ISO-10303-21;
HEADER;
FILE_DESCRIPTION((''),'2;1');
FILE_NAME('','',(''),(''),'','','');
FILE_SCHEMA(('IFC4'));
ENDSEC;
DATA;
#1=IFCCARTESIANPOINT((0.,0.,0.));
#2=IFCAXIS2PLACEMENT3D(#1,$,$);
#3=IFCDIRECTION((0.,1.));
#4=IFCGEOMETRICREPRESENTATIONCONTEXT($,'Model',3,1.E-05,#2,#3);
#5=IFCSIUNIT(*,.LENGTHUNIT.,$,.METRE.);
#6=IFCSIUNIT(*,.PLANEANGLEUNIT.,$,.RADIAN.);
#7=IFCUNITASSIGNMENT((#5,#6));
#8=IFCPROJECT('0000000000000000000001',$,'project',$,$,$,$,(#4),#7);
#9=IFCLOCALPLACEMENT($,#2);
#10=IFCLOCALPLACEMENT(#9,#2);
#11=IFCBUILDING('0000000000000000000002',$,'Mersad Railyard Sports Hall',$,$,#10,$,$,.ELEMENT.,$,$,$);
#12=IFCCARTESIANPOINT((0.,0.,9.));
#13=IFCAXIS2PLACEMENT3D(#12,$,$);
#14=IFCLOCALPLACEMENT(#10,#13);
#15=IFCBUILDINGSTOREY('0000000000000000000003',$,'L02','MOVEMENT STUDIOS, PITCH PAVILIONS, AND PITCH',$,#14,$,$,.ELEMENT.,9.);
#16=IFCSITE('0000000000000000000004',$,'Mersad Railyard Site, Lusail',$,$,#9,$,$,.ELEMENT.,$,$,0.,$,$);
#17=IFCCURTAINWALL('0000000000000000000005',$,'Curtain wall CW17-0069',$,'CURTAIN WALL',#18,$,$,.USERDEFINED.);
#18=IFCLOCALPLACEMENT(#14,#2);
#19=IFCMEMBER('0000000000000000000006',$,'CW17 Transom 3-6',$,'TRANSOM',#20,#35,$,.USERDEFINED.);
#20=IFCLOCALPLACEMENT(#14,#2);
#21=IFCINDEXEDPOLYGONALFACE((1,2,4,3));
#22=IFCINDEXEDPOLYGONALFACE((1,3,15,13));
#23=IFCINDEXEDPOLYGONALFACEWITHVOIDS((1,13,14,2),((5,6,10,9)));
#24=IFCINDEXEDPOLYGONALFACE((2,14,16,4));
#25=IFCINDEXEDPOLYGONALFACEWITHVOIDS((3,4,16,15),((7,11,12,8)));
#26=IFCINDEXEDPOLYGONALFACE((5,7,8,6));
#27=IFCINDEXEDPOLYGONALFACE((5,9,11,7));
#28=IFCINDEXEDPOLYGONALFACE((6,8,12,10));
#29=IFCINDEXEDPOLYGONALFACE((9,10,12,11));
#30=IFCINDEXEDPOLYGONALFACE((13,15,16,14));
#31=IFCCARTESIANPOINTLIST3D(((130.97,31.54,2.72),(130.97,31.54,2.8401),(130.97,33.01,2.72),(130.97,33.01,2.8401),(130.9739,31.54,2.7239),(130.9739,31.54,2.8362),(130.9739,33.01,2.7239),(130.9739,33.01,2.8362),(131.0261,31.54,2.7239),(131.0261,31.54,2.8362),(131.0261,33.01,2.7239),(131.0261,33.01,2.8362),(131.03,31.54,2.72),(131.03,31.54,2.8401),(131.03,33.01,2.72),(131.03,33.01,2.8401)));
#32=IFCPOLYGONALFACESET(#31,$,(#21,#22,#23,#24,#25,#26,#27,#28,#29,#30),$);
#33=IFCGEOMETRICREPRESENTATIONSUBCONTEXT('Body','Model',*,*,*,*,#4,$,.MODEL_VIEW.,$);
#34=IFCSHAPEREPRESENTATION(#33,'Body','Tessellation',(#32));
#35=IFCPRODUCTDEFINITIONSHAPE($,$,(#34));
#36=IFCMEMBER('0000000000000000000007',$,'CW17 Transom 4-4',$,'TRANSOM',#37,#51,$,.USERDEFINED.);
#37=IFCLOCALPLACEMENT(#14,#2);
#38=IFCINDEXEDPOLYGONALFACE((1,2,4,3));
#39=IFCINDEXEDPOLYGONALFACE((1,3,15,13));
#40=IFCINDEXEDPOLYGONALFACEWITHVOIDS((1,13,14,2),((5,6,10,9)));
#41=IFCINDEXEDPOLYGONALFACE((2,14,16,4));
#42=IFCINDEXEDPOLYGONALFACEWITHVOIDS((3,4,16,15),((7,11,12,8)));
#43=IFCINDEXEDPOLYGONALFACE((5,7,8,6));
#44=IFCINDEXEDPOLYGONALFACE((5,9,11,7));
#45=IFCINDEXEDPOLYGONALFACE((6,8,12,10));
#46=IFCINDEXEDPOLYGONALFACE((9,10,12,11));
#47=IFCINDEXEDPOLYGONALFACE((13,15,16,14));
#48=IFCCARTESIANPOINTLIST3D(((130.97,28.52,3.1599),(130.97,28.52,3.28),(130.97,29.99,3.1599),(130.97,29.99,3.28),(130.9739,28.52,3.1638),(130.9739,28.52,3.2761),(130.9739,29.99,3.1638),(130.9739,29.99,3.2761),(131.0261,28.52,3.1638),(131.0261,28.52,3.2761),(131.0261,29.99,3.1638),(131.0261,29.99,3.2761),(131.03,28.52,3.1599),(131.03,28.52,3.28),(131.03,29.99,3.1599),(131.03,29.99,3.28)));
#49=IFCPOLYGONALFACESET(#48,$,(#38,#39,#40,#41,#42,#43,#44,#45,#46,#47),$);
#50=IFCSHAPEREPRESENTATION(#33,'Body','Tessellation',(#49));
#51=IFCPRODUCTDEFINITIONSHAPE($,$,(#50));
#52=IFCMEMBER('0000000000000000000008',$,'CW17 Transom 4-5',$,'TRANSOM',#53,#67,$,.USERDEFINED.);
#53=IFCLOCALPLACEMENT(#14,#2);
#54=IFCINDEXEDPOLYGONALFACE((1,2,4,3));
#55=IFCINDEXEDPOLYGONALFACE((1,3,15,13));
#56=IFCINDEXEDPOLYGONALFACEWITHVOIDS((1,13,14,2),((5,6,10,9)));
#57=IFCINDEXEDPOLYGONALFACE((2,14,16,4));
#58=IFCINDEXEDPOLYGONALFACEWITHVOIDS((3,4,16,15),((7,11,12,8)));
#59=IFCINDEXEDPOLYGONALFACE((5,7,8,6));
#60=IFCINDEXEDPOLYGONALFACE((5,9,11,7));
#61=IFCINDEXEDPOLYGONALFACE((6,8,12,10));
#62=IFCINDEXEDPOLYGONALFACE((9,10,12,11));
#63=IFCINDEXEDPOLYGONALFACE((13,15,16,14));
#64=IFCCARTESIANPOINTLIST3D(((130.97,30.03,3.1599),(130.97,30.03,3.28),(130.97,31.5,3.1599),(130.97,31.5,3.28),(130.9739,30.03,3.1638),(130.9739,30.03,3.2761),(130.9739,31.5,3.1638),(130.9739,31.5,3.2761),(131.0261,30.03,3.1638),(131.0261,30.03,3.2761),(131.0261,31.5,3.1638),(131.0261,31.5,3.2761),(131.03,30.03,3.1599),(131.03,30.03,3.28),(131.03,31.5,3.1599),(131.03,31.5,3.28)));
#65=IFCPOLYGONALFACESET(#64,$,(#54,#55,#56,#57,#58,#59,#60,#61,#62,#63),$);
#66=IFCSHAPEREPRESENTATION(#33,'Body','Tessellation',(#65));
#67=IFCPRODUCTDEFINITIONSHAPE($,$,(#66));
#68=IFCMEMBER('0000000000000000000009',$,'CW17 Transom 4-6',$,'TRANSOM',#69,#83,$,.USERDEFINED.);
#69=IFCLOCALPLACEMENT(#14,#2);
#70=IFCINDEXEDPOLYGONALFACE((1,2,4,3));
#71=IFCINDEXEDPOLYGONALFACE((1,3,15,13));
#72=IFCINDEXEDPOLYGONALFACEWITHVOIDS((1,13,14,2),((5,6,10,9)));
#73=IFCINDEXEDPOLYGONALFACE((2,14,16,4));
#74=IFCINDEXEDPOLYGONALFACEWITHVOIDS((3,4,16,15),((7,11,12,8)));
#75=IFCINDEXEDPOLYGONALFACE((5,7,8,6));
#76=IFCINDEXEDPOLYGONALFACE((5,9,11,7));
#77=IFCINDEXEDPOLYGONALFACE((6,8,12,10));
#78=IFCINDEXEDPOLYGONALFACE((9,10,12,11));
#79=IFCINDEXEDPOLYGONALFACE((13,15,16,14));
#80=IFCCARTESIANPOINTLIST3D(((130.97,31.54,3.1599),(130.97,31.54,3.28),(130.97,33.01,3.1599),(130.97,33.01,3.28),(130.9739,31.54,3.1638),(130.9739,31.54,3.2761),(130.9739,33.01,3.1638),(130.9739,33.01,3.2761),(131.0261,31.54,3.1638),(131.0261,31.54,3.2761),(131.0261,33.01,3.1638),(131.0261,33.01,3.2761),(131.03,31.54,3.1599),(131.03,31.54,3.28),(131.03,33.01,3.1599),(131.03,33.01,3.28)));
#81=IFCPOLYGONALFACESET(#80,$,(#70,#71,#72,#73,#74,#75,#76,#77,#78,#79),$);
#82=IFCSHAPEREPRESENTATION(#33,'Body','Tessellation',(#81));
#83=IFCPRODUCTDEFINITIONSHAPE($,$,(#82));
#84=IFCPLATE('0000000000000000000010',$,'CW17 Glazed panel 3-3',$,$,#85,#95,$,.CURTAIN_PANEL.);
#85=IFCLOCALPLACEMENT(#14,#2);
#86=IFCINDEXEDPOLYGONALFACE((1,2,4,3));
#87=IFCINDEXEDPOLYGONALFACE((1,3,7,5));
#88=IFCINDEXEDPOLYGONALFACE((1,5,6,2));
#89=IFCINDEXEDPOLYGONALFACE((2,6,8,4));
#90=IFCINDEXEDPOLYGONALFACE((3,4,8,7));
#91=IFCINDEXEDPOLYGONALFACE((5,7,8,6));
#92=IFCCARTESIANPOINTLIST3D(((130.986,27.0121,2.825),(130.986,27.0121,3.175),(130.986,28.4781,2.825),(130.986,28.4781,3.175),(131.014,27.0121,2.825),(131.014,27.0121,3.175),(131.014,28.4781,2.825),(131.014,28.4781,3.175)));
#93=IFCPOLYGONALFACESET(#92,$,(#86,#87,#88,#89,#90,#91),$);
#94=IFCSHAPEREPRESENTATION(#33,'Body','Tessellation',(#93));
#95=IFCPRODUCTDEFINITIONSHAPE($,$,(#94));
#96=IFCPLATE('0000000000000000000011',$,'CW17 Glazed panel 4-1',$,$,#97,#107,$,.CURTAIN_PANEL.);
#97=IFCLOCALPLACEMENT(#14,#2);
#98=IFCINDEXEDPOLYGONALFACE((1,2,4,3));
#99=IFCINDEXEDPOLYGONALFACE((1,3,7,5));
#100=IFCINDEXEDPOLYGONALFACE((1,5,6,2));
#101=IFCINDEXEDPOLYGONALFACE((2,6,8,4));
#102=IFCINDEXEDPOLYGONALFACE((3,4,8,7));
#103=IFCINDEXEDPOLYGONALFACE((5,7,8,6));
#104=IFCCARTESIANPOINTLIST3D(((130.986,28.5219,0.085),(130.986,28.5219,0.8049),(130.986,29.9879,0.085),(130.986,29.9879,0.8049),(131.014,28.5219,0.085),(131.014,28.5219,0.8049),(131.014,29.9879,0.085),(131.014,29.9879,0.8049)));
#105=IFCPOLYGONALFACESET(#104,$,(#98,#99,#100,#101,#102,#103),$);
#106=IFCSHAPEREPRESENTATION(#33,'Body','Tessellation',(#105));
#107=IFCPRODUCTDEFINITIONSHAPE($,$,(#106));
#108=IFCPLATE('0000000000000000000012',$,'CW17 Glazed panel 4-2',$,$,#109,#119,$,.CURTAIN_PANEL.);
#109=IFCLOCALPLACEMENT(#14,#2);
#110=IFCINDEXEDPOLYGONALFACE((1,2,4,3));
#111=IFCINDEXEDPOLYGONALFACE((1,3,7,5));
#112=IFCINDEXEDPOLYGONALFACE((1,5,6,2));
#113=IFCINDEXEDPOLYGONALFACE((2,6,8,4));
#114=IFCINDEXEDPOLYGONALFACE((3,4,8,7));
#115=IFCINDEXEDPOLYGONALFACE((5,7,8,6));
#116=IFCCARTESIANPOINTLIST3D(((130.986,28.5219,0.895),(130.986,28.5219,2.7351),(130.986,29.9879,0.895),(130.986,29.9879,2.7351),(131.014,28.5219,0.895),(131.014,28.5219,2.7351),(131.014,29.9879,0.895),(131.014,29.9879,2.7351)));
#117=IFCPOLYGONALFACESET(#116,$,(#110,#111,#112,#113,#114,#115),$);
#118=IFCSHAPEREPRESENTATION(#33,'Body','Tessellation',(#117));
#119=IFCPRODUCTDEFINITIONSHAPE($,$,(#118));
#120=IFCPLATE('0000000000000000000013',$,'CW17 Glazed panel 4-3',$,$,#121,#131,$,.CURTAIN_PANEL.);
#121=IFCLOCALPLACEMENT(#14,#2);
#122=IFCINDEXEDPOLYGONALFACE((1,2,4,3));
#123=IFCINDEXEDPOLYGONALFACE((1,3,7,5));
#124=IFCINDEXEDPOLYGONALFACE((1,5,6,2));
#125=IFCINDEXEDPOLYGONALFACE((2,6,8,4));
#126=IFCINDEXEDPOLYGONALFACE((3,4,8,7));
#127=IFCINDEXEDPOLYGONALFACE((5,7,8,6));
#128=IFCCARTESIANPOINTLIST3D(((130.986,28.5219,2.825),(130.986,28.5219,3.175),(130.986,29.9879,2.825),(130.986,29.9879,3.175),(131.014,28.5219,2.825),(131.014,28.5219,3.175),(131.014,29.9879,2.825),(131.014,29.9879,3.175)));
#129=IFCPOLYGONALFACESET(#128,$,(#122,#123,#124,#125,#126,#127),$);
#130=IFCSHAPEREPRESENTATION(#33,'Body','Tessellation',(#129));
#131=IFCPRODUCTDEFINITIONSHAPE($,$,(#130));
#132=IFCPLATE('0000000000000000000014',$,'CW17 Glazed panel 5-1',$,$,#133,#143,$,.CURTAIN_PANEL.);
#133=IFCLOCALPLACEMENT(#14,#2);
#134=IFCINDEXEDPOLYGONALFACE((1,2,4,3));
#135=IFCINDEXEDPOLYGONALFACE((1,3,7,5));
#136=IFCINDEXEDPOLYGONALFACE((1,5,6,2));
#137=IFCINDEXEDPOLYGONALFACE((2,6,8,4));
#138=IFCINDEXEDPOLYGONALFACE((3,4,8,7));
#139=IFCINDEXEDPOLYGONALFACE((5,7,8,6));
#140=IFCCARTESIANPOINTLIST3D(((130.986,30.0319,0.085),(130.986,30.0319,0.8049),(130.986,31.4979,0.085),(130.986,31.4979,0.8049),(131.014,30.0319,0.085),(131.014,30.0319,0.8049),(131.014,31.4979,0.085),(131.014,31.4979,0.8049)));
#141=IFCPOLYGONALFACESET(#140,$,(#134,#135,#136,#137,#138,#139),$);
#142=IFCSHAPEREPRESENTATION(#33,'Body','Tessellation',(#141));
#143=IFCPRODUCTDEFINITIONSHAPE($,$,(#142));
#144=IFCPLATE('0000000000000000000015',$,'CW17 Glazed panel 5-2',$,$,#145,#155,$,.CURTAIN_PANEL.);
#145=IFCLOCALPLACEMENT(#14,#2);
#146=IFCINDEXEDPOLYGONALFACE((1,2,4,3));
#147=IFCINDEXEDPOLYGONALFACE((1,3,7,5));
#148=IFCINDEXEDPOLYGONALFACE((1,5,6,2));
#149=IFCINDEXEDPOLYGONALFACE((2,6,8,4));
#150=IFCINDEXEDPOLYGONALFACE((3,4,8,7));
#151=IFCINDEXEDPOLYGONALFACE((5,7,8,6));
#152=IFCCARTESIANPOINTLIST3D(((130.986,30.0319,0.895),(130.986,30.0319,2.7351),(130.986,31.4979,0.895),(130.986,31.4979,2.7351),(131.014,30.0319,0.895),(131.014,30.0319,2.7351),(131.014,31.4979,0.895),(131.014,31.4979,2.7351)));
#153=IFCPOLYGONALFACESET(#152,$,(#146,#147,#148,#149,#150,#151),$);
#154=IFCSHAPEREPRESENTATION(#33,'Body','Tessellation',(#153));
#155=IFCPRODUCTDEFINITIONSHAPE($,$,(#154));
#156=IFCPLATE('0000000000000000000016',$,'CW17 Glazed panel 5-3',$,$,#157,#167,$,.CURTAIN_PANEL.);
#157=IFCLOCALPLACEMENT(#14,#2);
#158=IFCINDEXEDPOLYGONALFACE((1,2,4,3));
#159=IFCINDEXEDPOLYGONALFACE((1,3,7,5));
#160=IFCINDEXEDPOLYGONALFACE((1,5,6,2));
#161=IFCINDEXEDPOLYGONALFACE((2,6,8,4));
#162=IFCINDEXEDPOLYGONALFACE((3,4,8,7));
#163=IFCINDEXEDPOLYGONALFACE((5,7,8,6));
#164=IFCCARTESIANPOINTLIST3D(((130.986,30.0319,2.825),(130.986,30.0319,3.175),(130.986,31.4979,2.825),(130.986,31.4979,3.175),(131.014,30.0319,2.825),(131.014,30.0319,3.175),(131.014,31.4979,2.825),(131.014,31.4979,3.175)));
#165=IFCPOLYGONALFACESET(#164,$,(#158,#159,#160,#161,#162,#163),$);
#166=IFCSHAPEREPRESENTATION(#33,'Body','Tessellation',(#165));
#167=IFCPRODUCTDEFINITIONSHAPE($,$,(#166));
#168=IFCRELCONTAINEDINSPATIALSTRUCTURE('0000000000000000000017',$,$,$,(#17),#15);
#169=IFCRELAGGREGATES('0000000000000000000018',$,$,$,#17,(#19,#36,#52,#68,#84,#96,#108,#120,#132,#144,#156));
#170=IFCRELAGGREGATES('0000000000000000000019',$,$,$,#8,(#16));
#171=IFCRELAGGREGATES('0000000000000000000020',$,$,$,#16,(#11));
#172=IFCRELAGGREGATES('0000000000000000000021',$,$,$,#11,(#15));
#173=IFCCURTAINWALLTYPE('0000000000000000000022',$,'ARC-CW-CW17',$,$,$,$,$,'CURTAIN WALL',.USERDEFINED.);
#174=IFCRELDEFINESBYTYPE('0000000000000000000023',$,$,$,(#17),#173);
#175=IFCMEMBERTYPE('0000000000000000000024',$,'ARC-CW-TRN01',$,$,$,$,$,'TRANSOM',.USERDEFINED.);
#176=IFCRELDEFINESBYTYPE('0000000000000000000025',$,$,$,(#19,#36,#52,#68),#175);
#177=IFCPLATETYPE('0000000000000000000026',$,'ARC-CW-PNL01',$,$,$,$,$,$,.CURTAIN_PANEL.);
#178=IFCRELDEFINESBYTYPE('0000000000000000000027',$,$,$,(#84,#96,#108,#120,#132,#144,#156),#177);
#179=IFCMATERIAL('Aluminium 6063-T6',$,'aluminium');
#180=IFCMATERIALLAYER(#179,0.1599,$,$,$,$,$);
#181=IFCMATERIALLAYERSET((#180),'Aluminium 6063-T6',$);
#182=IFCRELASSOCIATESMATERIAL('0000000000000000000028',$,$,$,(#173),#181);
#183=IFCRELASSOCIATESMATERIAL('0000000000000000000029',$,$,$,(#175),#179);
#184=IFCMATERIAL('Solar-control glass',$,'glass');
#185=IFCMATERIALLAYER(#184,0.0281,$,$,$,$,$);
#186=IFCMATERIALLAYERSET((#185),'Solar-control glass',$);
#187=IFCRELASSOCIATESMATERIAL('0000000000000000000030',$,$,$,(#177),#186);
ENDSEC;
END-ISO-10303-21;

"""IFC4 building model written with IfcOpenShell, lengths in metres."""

from ifc_helpers import new_model, si_unit, direction, frame, origin, origin_2d, place, context, subcontext, project, spatial, rectangle, hollow_rectangle, extrude, material, layer, layer_set, material_profile, profile_set, type_object, element, aggregate, save


model = new_model("IFC4")

# Units and contexts
model_context = context("Model", 3, precision=1e-05, world=origin(), true_north=direction((0.0, 1.0)))
body_context = subcontext(model_context, "Body", "Model", "MODEL_VIEW")
ifc_project = project(units=[si_unit("LENGTHUNIT", "METRE"), si_unit("PLANEANGLEUNIT", "RADIAN")], contexts=[model_context])

# Site, building, storey
site_placement = place(None, origin())
site = spatial("IfcSite", under=ifc_project, at=site_placement, Name="Mersad Railyard Site, Lusail", CompositionType="ELEMENT", RefElevation=0.0)
building_placement = place(site_placement, origin())
building = spatial("IfcBuilding", under=site, at=building_placement, Name="Mersad Railyard Sports Hall", CompositionType="ELEMENT")
storey_placement = place(building_placement, frame((0.0, 0.0, 9.0)))
storey = spatial("IfcBuildingStorey", under=building, at=storey_placement, Name="L02", Description="MOVEMENT STUDIOS, PITCH PAVILIONS, AND PITCH", CompositionType="ELEMENT", Elevation=9.0)

# Curtain wall, members, plates
ifc_material_1 = material(Name="Aluminium 6063-T6", Category="aluminium")
ifc_layer_1 = layer(ifc_material_1, 0.1599)
ifc_layer_set_1 = layer_set([ifc_layer_1], Name="Aluminium 6063-T6")
curtain_wall_type = type_object("IfcCurtainWallType", Name="ARC-CW-CW17", ElementType="CURTAIN WALL", PredefinedType="USERDEFINED", material=ifc_layer_set_1)
curtain_wall_placement = place(storey_placement, origin())
curtain_wall = element("IfcCurtainWall", 1, at=curtain_wall_placement, inside=storey, type_object=curtain_wall_type, Name="Curtain wall CW17-0069", ObjectType="CURTAIN WALL", PredefinedType="USERDEFINED")
ifc_material_profile_1 = material_profile(ifc_material_1, hollow_rectangle(XDim=0.0601, YDim=0.1201, WallThickness=0.0039, at=origin_2d()), Name="AL TRANSOM 60x120x4")
ifc_profile_set_1 = profile_set([ifc_material_profile_1], Name="Aluminium 6063-T6")
member_type_1 = type_object("IfcMemberType", Name="ARC-CW-TRN01", ElementType="TRANSOM", PredefinedType="USERDEFINED", material=ifc_profile_set_1)
member_1_placement = place(storey_placement, frame((131.0, 31.54, 2.78), z_axis=(0.0, 1.0, 0.0), x_axis=(-1.0, 0.0, 0.0)))
member_1 = element("IfcMember", 2, at=member_1_placement, type_object=member_type_1, Name="CW17 Transom 3-6", ObjectType="TRANSOM", PredefinedType="USERDEFINED", context=body_context, shape_type="SweptSolid", body=[
    extrude(hollow_rectangle(XDim=0.0601, YDim=0.1201, WallThickness=0.0039, at=origin_2d()), origin(), (0.0, 0.0, 1.0), 1.47),
])
member_2_placement = place(storey_placement, frame((131.0, 28.52, 3.22), z_axis=(0.0, 1.0, 0.0), x_axis=(-1.0, 0.0, 0.0)))
member_2 = element("IfcMember", 3, at=member_2_placement, type_object=member_type_1, Name="CW17 Transom 4-4", ObjectType="TRANSOM", PredefinedType="USERDEFINED", context=body_context, shape_type="SweptSolid", body=[
    extrude(hollow_rectangle(XDim=0.0601, YDim=0.1201, WallThickness=0.0039, at=origin_2d()), origin(), (0.0, 0.0, 1.0), 1.47),
])
member_3_placement = place(storey_placement, frame((131.0, 30.03, 3.22), z_axis=(0.0, 1.0, 0.0), x_axis=(-1.0, 0.0, 0.0)))
member_3 = element("IfcMember", 4, at=member_3_placement, type_object=member_type_1, Name="CW17 Transom 4-5", ObjectType="TRANSOM", PredefinedType="USERDEFINED", context=body_context, shape_type="SweptSolid", body=[
    extrude(hollow_rectangle(XDim=0.0601, YDim=0.1201, WallThickness=0.0039, at=origin_2d()), origin(), (0.0, 0.0, 1.0), 1.47),
])
member_4_placement = place(storey_placement, frame((131.0, 31.54, 3.22), z_axis=(0.0, 1.0, 0.0), x_axis=(-1.0, 0.0, 0.0)))
member_4 = element("IfcMember", 5, at=member_4_placement, type_object=member_type_1, Name="CW17 Transom 4-6", ObjectType="TRANSOM", PredefinedType="USERDEFINED", context=body_context, shape_type="SweptSolid", body=[
    extrude(hollow_rectangle(XDim=0.0601, YDim=0.1201, WallThickness=0.0039, at=origin_2d()), origin(), (0.0, 0.0, 1.0), 1.47),
])
ifc_material_2 = material(Name="Solar-control glass", Category="glass")
ifc_layer_2 = layer(ifc_material_2, 0.0281)
ifc_layer_set_2 = layer_set([ifc_layer_2], Name="Solar-control glass")
plate_type = type_object("IfcPlateType", Name="ARC-CW-PNL01", PredefinedType="CURTAIN_PANEL", material=ifc_layer_set_2)
plate_1_placement = place(storey_placement, frame((131.0, 27.7451, 2.825), z_axis=(0.0, 0.0, 1.0), x_axis=(0.0, 1.0, 0.0)))
plate_1 = element("IfcPlate", 6, at=plate_1_placement, type_object=plate_type, Name="CW17 Glazed panel 3-3", PredefinedType="CURTAIN_PANEL", context=body_context, shape_type="SweptSolid", body=[
    extrude(rectangle(XDim=1.4661, YDim=0.0281, at=origin_2d()), origin(), (0.0, 0.0, 1.0), 0.3501),
])
plate_2_placement = place(storey_placement, frame((131.0, 29.2549, 0.085), z_axis=(0.0, 0.0, 1.0), x_axis=(0.0, 1.0, 0.0)))
plate_2 = element("IfcPlate", 7, at=plate_2_placement, type_object=plate_type, Name="CW17 Glazed panel 4-1", PredefinedType="CURTAIN_PANEL", context=body_context, shape_type="SweptSolid", body=[
    extrude(rectangle(XDim=1.4661, YDim=0.0281, at=origin_2d()), origin(), (0.0, 0.0, 1.0), 0.72),
])
plate_3_placement = place(storey_placement, frame((131.0, 29.2549, 0.895), z_axis=(0.0, 0.0, 1.0), x_axis=(0.0, 1.0, 0.0)))
plate_3 = element("IfcPlate", 8, at=plate_3_placement, type_object=plate_type, Name="CW17 Glazed panel 4-2", PredefinedType="CURTAIN_PANEL", context=body_context, shape_type="SweptSolid", body=[
    extrude(rectangle(XDim=1.4661, YDim=0.0281, at=origin_2d()), origin(), (0.0, 0.0, 1.0), 1.8401),
])
plate_4_placement = place(storey_placement, frame((131.0, 29.2549, 2.825), z_axis=(0.0, 0.0, 1.0), x_axis=(0.0, 1.0, 0.0)))
plate_4 = element("IfcPlate", 9, at=plate_4_placement, type_object=plate_type, Name="CW17 Glazed panel 4-3", PredefinedType="CURTAIN_PANEL", context=body_context, shape_type="SweptSolid", body=[
    extrude(rectangle(XDim=1.4661, YDim=0.0281, at=origin_2d()), origin(), (0.0, 0.0, 1.0), 0.3501),
])
plate_5_placement = place(storey_placement, frame((131.0, 30.7649, 0.085), z_axis=(0.0, 0.0, 1.0), x_axis=(0.0, 1.0, 0.0)))
plate_5 = element("IfcPlate", 10, at=plate_5_placement, type_object=plate_type, Name="CW17 Glazed panel 5-1", PredefinedType="CURTAIN_PANEL", context=body_context, shape_type="SweptSolid", body=[
    extrude(rectangle(XDim=1.4661, YDim=0.0281, at=origin_2d()), origin(), (0.0, 0.0, 1.0), 0.72),
])
plate_6_placement = place(storey_placement, frame((131.0, 30.7649, 0.895), z_axis=(0.0, 0.0, 1.0), x_axis=(0.0, 1.0, 0.0)))
plate_6 = element("IfcPlate", 11, at=plate_6_placement, type_object=plate_type, Name="CW17 Glazed panel 5-2", PredefinedType="CURTAIN_PANEL", context=body_context, shape_type="SweptSolid", body=[
    extrude(rectangle(XDim=1.4661, YDim=0.0281, at=origin_2d()), origin(), (0.0, 0.0, 1.0), 1.8401),
])
plate_7_placement = place(storey_placement, frame((131.0, 30.7649, 2.825), z_axis=(0.0, 0.0, 1.0), x_axis=(0.0, 1.0, 0.0)))
plate_7 = element("IfcPlate", 12, at=plate_7_placement, type_object=plate_type, Name="CW17 Glazed panel 5-3", PredefinedType="CURTAIN_PANEL", context=body_context, shape_type="SweptSolid", body=[
    extrude(rectangle(XDim=1.4661, YDim=0.0281, at=origin_2d()), origin(), (0.0, 0.0, 1.0), 0.3501),
])
aggregate(curtain_wall, [member_1, member_2, member_3, member_4, plate_1, plate_2, plate_3, plate_4, plate_5, plate_6, plate_7])

save(model, "model.ifc")
